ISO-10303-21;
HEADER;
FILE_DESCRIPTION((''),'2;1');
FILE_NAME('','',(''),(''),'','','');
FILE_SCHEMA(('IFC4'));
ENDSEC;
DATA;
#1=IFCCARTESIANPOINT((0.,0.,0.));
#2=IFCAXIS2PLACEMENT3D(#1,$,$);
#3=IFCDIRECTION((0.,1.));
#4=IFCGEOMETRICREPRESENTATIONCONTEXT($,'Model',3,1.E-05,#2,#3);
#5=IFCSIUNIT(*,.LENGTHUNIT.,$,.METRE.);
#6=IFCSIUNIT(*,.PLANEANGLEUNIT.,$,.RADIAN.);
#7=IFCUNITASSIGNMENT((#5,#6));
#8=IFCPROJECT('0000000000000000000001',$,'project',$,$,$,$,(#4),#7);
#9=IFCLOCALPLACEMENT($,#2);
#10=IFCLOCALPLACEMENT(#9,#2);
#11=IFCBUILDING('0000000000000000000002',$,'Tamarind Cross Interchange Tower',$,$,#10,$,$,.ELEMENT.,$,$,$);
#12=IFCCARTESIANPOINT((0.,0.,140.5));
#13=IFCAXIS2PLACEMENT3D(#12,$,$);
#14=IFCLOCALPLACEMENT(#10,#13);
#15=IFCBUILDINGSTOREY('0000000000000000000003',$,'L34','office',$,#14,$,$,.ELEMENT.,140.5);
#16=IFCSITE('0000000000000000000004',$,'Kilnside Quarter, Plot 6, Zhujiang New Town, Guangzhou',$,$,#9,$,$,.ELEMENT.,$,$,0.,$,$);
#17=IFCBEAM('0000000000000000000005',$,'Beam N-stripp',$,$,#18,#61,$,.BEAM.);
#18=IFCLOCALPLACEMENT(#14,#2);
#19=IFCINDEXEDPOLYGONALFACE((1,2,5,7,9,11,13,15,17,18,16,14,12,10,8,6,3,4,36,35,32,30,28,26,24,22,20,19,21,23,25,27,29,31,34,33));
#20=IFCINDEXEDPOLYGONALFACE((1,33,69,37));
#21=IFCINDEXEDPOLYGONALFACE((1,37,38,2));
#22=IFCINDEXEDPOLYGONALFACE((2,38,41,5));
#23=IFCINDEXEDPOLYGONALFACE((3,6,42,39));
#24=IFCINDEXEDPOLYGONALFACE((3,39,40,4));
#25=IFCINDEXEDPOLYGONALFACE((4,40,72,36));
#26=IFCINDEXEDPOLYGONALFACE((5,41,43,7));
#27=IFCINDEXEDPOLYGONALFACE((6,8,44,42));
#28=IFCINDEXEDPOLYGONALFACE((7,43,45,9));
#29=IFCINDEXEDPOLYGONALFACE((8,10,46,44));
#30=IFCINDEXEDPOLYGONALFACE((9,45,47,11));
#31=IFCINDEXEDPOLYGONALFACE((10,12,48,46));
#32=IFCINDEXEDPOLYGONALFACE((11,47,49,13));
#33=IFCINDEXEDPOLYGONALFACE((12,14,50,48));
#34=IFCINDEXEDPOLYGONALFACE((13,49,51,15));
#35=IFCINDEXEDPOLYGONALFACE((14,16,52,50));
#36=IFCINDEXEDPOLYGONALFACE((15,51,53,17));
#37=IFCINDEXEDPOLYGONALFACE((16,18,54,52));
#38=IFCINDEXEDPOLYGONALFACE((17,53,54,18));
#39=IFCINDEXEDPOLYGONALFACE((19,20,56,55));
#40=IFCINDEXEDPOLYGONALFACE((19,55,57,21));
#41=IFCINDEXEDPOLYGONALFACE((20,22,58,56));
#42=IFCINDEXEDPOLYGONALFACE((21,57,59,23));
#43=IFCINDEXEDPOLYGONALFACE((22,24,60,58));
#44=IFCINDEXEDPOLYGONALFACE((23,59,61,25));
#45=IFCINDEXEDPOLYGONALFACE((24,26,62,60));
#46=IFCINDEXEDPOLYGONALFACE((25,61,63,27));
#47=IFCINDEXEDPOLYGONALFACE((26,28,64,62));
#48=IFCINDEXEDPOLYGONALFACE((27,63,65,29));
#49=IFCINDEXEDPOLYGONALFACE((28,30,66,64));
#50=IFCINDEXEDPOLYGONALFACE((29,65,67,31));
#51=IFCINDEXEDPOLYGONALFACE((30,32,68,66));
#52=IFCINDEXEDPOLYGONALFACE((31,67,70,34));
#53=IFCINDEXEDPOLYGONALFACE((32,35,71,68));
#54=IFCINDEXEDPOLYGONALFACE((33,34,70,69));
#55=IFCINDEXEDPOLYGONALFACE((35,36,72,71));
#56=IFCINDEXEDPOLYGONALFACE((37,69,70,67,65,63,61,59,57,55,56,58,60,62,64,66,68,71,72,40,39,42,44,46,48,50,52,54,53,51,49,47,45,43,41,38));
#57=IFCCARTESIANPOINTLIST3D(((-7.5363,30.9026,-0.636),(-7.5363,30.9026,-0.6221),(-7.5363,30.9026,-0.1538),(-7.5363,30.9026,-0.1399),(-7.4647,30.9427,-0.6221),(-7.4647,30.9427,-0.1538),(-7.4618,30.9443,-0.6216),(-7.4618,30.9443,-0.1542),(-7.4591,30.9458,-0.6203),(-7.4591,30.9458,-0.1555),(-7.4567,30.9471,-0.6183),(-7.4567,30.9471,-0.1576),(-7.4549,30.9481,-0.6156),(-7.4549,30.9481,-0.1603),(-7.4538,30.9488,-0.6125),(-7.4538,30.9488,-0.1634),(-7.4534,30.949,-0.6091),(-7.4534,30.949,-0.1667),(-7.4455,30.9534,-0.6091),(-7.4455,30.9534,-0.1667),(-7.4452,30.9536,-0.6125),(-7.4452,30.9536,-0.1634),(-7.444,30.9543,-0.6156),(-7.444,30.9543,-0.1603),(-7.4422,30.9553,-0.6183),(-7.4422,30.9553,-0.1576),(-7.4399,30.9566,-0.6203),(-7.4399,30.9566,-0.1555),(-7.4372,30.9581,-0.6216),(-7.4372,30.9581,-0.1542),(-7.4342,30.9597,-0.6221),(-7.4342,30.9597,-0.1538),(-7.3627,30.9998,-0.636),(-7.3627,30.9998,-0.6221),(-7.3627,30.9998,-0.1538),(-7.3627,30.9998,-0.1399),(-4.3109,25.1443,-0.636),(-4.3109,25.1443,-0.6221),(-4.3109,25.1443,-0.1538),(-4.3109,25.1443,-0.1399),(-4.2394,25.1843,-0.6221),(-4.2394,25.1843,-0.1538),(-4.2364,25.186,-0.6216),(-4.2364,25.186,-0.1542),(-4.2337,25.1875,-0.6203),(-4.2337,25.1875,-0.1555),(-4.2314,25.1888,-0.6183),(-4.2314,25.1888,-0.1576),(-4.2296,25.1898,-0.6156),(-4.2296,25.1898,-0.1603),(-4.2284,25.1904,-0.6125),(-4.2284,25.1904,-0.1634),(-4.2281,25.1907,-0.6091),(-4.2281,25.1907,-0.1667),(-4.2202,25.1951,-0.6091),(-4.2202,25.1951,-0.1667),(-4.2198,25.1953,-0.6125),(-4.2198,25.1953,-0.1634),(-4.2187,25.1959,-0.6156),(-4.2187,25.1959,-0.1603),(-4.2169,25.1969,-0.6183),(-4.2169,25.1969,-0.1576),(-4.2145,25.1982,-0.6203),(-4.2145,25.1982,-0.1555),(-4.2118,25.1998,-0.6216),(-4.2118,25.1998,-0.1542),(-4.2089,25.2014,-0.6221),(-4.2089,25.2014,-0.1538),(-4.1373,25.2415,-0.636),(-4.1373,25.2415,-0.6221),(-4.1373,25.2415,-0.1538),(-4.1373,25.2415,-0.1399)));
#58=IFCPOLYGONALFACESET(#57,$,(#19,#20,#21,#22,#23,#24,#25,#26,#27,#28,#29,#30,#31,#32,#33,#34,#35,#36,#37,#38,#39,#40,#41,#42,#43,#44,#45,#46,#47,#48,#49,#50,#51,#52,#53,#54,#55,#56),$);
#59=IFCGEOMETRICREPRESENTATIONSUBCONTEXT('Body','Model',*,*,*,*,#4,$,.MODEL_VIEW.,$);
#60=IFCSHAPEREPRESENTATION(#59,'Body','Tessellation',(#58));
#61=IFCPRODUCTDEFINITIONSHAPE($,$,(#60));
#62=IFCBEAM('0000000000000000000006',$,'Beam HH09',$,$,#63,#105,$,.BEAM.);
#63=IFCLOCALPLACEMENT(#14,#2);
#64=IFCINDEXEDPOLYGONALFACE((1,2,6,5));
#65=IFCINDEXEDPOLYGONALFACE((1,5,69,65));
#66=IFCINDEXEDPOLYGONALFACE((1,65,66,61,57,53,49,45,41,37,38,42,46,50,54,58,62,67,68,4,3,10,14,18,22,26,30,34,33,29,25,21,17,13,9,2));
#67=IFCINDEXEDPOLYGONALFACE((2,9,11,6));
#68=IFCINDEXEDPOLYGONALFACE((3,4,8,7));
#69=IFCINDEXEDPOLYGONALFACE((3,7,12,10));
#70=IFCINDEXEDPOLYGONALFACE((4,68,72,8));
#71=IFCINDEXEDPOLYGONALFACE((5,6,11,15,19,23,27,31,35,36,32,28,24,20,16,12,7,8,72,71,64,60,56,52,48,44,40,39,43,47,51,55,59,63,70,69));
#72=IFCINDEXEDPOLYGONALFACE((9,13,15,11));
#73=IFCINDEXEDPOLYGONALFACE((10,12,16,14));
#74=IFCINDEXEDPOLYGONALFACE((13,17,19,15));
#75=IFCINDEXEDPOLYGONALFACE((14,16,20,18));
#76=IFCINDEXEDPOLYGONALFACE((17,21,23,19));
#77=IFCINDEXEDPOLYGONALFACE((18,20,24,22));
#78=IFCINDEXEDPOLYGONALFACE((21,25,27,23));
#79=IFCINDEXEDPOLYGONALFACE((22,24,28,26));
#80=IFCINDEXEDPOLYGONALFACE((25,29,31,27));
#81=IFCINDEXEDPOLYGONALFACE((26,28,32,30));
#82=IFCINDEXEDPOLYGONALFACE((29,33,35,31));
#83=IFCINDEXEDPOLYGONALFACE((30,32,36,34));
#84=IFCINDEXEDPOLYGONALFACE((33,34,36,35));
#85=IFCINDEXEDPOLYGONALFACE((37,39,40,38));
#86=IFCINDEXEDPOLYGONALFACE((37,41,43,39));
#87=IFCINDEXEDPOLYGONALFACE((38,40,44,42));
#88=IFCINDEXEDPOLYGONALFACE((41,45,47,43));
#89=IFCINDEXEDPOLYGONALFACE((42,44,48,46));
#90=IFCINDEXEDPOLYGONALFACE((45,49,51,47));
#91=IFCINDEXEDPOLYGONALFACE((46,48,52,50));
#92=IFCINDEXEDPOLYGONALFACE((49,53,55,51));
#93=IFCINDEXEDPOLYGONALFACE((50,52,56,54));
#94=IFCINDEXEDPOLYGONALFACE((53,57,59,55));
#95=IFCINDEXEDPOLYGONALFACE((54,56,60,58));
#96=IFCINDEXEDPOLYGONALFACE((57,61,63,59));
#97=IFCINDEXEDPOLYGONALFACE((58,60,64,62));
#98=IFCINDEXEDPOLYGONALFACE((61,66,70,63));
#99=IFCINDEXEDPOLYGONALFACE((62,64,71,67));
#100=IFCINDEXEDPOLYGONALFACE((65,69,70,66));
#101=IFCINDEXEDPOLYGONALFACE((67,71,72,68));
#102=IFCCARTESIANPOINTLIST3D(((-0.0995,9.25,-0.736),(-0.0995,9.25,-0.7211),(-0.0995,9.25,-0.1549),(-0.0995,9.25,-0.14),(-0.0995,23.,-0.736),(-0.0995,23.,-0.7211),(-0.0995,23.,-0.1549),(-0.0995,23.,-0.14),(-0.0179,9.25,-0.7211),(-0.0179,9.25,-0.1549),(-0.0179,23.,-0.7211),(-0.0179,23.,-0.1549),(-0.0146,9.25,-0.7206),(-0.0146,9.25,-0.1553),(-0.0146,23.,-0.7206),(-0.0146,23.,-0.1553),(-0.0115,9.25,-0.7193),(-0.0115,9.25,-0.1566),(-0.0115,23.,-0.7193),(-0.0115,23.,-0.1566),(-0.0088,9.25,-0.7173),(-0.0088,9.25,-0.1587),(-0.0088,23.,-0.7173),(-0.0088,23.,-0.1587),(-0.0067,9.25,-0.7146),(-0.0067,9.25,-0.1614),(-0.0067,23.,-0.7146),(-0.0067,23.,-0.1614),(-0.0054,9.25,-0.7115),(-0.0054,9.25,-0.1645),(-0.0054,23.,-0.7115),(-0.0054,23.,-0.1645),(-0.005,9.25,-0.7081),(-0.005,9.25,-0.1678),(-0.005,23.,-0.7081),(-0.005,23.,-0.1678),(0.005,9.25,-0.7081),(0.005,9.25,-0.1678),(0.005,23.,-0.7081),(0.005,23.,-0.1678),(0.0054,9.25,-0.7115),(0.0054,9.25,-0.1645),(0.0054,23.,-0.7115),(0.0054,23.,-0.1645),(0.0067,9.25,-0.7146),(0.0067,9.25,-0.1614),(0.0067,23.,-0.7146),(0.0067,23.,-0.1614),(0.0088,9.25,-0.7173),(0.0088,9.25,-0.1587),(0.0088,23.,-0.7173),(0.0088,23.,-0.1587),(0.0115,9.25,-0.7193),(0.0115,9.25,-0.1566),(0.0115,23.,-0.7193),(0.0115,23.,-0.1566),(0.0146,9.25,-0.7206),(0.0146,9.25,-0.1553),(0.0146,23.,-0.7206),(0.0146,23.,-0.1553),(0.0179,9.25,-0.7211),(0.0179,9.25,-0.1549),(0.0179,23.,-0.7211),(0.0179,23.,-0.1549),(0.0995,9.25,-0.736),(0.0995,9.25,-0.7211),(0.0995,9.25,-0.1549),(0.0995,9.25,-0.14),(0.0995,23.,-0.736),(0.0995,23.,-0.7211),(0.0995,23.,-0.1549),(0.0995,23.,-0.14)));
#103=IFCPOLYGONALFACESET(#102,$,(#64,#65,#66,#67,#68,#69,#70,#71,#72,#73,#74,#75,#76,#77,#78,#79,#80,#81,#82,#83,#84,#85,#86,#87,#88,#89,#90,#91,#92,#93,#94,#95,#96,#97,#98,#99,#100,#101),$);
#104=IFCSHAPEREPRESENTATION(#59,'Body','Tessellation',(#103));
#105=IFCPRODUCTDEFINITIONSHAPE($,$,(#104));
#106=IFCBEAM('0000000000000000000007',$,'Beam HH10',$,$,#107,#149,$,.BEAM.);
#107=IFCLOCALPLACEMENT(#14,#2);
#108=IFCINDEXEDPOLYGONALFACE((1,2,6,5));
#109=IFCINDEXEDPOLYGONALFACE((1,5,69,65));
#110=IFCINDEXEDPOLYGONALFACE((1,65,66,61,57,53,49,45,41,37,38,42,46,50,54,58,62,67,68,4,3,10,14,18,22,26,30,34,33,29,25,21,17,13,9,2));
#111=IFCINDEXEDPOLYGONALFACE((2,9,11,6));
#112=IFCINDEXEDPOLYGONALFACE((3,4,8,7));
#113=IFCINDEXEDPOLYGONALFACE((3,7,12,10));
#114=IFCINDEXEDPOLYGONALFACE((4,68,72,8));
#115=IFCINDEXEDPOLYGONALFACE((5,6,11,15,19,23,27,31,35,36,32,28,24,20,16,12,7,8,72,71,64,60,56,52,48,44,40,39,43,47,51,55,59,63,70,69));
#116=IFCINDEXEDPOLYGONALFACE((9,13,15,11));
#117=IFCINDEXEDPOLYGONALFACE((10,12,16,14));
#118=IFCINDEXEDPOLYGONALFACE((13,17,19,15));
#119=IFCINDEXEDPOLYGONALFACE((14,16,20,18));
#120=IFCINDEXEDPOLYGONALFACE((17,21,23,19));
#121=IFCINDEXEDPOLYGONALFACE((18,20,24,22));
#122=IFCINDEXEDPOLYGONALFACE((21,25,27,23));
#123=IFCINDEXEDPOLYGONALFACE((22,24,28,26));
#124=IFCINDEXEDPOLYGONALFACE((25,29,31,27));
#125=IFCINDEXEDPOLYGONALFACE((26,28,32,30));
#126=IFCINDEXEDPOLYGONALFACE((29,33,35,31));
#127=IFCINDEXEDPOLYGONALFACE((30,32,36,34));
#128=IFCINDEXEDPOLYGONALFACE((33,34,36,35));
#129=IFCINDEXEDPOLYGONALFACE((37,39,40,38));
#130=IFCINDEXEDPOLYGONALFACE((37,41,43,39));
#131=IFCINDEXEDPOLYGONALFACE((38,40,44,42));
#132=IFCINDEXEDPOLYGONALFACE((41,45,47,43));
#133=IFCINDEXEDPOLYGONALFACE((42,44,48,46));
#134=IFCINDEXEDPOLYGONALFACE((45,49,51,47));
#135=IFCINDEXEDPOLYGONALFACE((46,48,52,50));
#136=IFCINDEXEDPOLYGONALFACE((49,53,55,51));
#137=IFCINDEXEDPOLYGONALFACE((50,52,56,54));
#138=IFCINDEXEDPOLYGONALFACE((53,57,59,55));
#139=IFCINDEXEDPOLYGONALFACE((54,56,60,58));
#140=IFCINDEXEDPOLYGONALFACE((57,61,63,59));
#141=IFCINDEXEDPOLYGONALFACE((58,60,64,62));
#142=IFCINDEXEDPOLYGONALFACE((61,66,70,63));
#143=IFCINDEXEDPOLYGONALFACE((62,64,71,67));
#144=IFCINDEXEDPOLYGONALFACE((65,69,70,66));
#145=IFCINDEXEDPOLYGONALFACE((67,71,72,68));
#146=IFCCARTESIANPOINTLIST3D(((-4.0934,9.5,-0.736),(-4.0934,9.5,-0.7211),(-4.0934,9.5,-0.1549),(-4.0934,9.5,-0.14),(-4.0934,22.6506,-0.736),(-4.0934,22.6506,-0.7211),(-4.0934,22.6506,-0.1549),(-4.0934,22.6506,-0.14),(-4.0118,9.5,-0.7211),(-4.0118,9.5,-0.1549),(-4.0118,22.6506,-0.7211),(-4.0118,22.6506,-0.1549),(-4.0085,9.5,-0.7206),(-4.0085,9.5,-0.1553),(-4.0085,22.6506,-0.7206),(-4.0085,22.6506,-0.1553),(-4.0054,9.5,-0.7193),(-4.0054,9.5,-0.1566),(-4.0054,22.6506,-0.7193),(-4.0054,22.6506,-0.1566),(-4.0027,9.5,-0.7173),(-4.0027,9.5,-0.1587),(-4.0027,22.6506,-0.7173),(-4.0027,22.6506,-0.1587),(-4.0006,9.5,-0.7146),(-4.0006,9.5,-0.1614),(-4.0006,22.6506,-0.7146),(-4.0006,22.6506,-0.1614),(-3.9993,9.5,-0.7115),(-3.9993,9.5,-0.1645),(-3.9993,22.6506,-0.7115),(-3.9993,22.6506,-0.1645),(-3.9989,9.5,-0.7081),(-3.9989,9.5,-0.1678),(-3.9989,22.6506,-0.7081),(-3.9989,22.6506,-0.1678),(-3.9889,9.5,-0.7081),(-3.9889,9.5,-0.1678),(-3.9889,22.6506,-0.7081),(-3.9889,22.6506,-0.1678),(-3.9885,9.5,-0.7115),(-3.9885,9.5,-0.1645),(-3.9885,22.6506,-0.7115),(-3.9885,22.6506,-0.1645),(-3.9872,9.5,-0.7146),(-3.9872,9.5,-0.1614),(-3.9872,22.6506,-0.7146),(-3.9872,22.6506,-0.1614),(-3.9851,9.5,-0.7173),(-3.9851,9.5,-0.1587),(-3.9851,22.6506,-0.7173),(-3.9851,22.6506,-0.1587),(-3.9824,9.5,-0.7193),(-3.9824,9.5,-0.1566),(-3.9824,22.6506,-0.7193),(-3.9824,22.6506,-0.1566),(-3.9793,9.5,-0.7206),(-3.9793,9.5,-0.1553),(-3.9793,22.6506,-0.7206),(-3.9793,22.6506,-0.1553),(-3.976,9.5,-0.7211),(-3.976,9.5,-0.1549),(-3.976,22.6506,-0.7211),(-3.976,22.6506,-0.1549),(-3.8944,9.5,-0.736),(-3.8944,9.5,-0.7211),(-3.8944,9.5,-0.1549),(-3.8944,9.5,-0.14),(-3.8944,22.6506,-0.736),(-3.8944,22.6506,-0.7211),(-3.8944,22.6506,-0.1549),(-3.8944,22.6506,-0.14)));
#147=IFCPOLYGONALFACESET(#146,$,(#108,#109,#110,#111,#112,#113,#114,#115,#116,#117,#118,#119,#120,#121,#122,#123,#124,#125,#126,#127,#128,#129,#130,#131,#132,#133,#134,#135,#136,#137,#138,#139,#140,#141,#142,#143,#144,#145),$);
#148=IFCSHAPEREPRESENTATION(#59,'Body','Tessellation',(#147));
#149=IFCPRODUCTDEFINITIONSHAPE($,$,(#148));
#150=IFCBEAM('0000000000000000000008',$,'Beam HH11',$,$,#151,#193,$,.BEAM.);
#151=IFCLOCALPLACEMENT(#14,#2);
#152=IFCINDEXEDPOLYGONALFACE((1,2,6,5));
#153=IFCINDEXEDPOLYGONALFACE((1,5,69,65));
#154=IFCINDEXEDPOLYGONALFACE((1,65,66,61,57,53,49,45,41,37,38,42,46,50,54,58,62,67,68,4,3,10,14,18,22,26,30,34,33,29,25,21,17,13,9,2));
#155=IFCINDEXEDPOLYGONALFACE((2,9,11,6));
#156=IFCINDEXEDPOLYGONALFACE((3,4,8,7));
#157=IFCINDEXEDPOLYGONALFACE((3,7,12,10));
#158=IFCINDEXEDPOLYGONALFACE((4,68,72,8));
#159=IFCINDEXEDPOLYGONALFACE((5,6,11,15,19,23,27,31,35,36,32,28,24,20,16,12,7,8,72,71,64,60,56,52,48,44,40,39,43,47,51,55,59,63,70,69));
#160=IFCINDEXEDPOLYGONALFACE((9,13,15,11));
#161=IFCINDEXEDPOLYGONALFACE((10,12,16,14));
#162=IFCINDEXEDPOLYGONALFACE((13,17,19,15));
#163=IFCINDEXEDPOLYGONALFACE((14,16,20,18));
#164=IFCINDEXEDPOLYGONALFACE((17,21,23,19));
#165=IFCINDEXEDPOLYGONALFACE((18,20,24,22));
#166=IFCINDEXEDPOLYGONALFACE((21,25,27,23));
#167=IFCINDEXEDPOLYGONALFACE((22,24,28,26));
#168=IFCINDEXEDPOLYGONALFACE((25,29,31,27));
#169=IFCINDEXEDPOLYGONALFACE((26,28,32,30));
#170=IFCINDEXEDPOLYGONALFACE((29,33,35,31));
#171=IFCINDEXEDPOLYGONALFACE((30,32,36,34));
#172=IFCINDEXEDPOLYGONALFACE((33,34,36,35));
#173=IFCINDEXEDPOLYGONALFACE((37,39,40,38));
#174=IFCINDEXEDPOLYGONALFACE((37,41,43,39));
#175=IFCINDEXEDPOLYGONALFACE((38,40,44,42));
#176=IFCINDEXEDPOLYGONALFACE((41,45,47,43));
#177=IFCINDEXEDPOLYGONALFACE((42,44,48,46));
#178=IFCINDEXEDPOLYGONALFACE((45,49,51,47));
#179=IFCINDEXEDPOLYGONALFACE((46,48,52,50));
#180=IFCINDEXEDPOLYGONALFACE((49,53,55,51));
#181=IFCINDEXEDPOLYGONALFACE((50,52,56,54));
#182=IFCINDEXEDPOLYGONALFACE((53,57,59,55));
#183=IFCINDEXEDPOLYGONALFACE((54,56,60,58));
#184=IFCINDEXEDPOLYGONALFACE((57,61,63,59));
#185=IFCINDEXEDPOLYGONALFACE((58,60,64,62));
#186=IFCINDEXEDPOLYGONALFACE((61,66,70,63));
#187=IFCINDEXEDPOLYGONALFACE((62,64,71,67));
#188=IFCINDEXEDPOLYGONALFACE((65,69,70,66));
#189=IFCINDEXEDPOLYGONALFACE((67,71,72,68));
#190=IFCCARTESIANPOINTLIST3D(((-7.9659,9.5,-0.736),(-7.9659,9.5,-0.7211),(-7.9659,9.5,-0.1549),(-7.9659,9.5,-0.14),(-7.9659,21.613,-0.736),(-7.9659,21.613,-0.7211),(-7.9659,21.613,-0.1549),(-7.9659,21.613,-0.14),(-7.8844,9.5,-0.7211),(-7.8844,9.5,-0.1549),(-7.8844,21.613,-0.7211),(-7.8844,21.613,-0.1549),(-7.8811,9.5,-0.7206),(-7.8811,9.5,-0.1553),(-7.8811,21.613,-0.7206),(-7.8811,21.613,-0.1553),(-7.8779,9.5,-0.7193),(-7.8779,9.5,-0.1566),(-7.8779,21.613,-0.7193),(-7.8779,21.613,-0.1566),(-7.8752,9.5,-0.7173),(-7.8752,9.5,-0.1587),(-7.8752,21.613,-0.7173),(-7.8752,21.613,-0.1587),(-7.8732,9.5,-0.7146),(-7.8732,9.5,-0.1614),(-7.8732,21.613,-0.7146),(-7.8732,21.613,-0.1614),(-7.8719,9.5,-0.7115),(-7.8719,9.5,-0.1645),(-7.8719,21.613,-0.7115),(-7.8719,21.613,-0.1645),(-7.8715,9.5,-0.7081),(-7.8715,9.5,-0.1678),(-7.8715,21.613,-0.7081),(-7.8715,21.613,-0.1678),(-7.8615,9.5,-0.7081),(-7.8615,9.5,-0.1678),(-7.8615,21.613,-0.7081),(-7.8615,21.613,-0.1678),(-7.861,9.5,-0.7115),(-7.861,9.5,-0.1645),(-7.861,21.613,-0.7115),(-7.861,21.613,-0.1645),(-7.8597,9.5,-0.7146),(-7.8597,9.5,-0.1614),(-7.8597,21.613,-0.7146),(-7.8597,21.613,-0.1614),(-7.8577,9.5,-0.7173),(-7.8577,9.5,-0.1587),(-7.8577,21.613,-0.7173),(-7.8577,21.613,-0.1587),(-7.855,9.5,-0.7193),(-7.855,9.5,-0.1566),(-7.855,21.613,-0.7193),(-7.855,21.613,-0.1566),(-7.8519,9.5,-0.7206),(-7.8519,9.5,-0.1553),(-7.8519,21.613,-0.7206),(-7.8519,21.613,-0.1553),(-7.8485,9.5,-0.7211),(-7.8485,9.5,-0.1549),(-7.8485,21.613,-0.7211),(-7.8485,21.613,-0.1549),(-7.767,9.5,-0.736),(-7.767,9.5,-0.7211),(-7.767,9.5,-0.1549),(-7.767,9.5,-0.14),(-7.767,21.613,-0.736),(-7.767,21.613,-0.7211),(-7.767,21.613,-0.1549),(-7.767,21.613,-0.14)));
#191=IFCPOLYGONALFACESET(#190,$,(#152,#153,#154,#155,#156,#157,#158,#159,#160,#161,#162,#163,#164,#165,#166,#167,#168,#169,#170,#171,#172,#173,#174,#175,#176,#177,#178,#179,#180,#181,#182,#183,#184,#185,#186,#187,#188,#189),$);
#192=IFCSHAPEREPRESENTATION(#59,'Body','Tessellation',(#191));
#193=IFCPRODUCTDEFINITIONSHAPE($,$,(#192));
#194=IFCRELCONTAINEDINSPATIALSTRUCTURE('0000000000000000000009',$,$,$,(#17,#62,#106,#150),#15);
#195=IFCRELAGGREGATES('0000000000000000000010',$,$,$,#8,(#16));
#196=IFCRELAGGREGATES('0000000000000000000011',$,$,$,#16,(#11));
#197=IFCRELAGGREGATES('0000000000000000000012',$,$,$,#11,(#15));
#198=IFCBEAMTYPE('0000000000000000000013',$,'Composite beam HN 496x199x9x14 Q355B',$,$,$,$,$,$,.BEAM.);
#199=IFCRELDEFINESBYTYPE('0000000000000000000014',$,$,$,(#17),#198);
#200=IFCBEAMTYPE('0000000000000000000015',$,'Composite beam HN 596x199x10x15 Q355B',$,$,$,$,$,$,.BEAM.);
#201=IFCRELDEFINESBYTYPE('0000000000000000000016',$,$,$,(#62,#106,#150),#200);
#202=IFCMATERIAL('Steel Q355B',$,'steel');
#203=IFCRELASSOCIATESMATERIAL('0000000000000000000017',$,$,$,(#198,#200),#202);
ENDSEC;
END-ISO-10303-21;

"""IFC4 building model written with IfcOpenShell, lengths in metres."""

from ifc_helpers import new_model, si_unit, direction, frame, origin, origin_2d, place, context, subcontext, project, spatial, i_section, extrude, material, material_profile, profile_set, type_object, element, save


model = new_model("IFC4")

# Units and contexts
model_context = context("Model", 3, precision=1e-05, world=origin(), true_north=direction((0.0, 1.0)))
body_context = subcontext(model_context, "Body", "Model", "MODEL_VIEW")
ifc_project = project(units=[si_unit("LENGTHUNIT", "METRE"), si_unit("PLANEANGLEUNIT", "RADIAN")], contexts=[model_context])

# Site, building, storey
site_placement = place(None, origin())
site = spatial("IfcSite", under=ifc_project, at=site_placement, Name="Kilnside Quarter, Plot 6, Zhujiang New Town, Guangzhou", CompositionType="ELEMENT", RefElevation=0.0)
building_placement = place(site_placement, origin())
building = spatial("IfcBuilding", under=site, at=building_placement, Name="Tamarind Cross Interchange Tower", CompositionType="ELEMENT")
storey_placement = place(building_placement, frame((0.0, 0.0, 140.5)))
storey = spatial("IfcBuildingStorey", under=building, at=storey_placement, Name="L34", Description="office", CompositionType="ELEMENT", Elevation=140.5)

# Beams
ifc_material_1 = material(Name="Steel Q355B", Category="steel")
ifc_material_profile_1 = material_profile(ifc_material_1, i_section(OverallWidth=0.199, OverallDepth=0.4961, WebThickness=0.009, FlangeThickness=0.0139, FilletRadius=0.0129, at=origin_2d()), Name="HN 496x199x9x14")
ifc_profile_set_1 = profile_set([ifc_material_profile_1], Name="Steel Q355B")
beam_type_1 = type_object("IfcBeamType", Name="Composite beam HN 496x199x9x14 Q355B", PredefinedType="BEAM", material=ifc_profile_set_1)
for number, where, z_axis, x_axis, name in (
    (1, (-4.2241, 25.1929, -0.3879), (-0.488683, 0.872461, 0.0), (-0.872461, -0.488683, 0.0), "Beam N-stripp"),
):
    element("IfcBeam", number, at=place(storey_placement, frame(where, z_axis=z_axis, x_axis=x_axis)), inside=storey, type_object=beam_type_1, Name=name, PredefinedType="BEAM", context=body_context, shape_type="SweptSolid", body=[
        extrude(i_section(OverallWidth=0.199, OverallDepth=0.4961, WebThickness=0.009, FlangeThickness=0.0139, FilletRadius=0.0129, at=origin_2d()), origin(), (0.0, 0.0, 1.0), 6.6001),
    ])
ifc_material_profile_2 = material_profile(ifc_material_1, i_section(OverallWidth=0.199, OverallDepth=0.5959, WebThickness=0.01, FlangeThickness=0.0149, FilletRadius=0.0129, at=origin_2d()), Name="HN 596x199x10x15")
ifc_profile_set_2 = profile_set([ifc_material_profile_2], Name="Steel Q355B")
beam_type_2 = type_object("IfcBeamType", Name="Composite beam HN 596x199x10x15 Q355B", PredefinedType="BEAM", material=ifc_profile_set_2)
beam_1_placement = place(storey_placement, frame((0.0, 23.0, -0.438), z_axis=(0.0, -1.0, 0.0), x_axis=(1.0, 0.0, 0.0)))
element("IfcBeam", 2, at=beam_1_placement, inside=storey, type_object=beam_type_2, Name="Beam HH09", PredefinedType="BEAM", context=body_context, shape_type="SweptSolid", body=[
    extrude(i_section(OverallWidth=0.199, OverallDepth=0.5959, WebThickness=0.01, FlangeThickness=0.0149, FilletRadius=0.0129, at=origin_2d()), origin(), (0.0, 0.0, 1.0), 13.75),
])
beam_2_placement = place(storey_placement, frame((-3.9939, 22.6506, -0.438), z_axis=(0.0, -1.0, 0.0), x_axis=(1.0, 0.0, 0.0)))
element("IfcBeam", 3, at=beam_2_placement, inside=storey, type_object=beam_type_2, Name="Beam HH10", PredefinedType="BEAM", context=body_context, shape_type="SweptSolid", body=[
    extrude(i_section(OverallWidth=0.199, OverallDepth=0.5959, WebThickness=0.01, FlangeThickness=0.0149, FilletRadius=0.0129, at=origin_2d()), origin(), (0.0, 0.0, 1.0), 13.1506),
])
beam_3_placement = place(storey_placement, frame((-7.8665, 21.613, -0.438), z_axis=(0.0, -1.0, 0.0), x_axis=(1.0, 0.0, 0.0)))
element("IfcBeam", 4, at=beam_3_placement, inside=storey, type_object=beam_type_2, Name="Beam HH11", PredefinedType="BEAM", context=body_context, shape_type="SweptSolid", body=[
    extrude(i_section(OverallWidth=0.199, OverallDepth=0.5959, WebThickness=0.01, FlangeThickness=0.0149, FilletRadius=0.0129, at=origin_2d()), origin(), (0.0, 0.0, 1.0), 12.113),
])

save(model, "model.ifc")
